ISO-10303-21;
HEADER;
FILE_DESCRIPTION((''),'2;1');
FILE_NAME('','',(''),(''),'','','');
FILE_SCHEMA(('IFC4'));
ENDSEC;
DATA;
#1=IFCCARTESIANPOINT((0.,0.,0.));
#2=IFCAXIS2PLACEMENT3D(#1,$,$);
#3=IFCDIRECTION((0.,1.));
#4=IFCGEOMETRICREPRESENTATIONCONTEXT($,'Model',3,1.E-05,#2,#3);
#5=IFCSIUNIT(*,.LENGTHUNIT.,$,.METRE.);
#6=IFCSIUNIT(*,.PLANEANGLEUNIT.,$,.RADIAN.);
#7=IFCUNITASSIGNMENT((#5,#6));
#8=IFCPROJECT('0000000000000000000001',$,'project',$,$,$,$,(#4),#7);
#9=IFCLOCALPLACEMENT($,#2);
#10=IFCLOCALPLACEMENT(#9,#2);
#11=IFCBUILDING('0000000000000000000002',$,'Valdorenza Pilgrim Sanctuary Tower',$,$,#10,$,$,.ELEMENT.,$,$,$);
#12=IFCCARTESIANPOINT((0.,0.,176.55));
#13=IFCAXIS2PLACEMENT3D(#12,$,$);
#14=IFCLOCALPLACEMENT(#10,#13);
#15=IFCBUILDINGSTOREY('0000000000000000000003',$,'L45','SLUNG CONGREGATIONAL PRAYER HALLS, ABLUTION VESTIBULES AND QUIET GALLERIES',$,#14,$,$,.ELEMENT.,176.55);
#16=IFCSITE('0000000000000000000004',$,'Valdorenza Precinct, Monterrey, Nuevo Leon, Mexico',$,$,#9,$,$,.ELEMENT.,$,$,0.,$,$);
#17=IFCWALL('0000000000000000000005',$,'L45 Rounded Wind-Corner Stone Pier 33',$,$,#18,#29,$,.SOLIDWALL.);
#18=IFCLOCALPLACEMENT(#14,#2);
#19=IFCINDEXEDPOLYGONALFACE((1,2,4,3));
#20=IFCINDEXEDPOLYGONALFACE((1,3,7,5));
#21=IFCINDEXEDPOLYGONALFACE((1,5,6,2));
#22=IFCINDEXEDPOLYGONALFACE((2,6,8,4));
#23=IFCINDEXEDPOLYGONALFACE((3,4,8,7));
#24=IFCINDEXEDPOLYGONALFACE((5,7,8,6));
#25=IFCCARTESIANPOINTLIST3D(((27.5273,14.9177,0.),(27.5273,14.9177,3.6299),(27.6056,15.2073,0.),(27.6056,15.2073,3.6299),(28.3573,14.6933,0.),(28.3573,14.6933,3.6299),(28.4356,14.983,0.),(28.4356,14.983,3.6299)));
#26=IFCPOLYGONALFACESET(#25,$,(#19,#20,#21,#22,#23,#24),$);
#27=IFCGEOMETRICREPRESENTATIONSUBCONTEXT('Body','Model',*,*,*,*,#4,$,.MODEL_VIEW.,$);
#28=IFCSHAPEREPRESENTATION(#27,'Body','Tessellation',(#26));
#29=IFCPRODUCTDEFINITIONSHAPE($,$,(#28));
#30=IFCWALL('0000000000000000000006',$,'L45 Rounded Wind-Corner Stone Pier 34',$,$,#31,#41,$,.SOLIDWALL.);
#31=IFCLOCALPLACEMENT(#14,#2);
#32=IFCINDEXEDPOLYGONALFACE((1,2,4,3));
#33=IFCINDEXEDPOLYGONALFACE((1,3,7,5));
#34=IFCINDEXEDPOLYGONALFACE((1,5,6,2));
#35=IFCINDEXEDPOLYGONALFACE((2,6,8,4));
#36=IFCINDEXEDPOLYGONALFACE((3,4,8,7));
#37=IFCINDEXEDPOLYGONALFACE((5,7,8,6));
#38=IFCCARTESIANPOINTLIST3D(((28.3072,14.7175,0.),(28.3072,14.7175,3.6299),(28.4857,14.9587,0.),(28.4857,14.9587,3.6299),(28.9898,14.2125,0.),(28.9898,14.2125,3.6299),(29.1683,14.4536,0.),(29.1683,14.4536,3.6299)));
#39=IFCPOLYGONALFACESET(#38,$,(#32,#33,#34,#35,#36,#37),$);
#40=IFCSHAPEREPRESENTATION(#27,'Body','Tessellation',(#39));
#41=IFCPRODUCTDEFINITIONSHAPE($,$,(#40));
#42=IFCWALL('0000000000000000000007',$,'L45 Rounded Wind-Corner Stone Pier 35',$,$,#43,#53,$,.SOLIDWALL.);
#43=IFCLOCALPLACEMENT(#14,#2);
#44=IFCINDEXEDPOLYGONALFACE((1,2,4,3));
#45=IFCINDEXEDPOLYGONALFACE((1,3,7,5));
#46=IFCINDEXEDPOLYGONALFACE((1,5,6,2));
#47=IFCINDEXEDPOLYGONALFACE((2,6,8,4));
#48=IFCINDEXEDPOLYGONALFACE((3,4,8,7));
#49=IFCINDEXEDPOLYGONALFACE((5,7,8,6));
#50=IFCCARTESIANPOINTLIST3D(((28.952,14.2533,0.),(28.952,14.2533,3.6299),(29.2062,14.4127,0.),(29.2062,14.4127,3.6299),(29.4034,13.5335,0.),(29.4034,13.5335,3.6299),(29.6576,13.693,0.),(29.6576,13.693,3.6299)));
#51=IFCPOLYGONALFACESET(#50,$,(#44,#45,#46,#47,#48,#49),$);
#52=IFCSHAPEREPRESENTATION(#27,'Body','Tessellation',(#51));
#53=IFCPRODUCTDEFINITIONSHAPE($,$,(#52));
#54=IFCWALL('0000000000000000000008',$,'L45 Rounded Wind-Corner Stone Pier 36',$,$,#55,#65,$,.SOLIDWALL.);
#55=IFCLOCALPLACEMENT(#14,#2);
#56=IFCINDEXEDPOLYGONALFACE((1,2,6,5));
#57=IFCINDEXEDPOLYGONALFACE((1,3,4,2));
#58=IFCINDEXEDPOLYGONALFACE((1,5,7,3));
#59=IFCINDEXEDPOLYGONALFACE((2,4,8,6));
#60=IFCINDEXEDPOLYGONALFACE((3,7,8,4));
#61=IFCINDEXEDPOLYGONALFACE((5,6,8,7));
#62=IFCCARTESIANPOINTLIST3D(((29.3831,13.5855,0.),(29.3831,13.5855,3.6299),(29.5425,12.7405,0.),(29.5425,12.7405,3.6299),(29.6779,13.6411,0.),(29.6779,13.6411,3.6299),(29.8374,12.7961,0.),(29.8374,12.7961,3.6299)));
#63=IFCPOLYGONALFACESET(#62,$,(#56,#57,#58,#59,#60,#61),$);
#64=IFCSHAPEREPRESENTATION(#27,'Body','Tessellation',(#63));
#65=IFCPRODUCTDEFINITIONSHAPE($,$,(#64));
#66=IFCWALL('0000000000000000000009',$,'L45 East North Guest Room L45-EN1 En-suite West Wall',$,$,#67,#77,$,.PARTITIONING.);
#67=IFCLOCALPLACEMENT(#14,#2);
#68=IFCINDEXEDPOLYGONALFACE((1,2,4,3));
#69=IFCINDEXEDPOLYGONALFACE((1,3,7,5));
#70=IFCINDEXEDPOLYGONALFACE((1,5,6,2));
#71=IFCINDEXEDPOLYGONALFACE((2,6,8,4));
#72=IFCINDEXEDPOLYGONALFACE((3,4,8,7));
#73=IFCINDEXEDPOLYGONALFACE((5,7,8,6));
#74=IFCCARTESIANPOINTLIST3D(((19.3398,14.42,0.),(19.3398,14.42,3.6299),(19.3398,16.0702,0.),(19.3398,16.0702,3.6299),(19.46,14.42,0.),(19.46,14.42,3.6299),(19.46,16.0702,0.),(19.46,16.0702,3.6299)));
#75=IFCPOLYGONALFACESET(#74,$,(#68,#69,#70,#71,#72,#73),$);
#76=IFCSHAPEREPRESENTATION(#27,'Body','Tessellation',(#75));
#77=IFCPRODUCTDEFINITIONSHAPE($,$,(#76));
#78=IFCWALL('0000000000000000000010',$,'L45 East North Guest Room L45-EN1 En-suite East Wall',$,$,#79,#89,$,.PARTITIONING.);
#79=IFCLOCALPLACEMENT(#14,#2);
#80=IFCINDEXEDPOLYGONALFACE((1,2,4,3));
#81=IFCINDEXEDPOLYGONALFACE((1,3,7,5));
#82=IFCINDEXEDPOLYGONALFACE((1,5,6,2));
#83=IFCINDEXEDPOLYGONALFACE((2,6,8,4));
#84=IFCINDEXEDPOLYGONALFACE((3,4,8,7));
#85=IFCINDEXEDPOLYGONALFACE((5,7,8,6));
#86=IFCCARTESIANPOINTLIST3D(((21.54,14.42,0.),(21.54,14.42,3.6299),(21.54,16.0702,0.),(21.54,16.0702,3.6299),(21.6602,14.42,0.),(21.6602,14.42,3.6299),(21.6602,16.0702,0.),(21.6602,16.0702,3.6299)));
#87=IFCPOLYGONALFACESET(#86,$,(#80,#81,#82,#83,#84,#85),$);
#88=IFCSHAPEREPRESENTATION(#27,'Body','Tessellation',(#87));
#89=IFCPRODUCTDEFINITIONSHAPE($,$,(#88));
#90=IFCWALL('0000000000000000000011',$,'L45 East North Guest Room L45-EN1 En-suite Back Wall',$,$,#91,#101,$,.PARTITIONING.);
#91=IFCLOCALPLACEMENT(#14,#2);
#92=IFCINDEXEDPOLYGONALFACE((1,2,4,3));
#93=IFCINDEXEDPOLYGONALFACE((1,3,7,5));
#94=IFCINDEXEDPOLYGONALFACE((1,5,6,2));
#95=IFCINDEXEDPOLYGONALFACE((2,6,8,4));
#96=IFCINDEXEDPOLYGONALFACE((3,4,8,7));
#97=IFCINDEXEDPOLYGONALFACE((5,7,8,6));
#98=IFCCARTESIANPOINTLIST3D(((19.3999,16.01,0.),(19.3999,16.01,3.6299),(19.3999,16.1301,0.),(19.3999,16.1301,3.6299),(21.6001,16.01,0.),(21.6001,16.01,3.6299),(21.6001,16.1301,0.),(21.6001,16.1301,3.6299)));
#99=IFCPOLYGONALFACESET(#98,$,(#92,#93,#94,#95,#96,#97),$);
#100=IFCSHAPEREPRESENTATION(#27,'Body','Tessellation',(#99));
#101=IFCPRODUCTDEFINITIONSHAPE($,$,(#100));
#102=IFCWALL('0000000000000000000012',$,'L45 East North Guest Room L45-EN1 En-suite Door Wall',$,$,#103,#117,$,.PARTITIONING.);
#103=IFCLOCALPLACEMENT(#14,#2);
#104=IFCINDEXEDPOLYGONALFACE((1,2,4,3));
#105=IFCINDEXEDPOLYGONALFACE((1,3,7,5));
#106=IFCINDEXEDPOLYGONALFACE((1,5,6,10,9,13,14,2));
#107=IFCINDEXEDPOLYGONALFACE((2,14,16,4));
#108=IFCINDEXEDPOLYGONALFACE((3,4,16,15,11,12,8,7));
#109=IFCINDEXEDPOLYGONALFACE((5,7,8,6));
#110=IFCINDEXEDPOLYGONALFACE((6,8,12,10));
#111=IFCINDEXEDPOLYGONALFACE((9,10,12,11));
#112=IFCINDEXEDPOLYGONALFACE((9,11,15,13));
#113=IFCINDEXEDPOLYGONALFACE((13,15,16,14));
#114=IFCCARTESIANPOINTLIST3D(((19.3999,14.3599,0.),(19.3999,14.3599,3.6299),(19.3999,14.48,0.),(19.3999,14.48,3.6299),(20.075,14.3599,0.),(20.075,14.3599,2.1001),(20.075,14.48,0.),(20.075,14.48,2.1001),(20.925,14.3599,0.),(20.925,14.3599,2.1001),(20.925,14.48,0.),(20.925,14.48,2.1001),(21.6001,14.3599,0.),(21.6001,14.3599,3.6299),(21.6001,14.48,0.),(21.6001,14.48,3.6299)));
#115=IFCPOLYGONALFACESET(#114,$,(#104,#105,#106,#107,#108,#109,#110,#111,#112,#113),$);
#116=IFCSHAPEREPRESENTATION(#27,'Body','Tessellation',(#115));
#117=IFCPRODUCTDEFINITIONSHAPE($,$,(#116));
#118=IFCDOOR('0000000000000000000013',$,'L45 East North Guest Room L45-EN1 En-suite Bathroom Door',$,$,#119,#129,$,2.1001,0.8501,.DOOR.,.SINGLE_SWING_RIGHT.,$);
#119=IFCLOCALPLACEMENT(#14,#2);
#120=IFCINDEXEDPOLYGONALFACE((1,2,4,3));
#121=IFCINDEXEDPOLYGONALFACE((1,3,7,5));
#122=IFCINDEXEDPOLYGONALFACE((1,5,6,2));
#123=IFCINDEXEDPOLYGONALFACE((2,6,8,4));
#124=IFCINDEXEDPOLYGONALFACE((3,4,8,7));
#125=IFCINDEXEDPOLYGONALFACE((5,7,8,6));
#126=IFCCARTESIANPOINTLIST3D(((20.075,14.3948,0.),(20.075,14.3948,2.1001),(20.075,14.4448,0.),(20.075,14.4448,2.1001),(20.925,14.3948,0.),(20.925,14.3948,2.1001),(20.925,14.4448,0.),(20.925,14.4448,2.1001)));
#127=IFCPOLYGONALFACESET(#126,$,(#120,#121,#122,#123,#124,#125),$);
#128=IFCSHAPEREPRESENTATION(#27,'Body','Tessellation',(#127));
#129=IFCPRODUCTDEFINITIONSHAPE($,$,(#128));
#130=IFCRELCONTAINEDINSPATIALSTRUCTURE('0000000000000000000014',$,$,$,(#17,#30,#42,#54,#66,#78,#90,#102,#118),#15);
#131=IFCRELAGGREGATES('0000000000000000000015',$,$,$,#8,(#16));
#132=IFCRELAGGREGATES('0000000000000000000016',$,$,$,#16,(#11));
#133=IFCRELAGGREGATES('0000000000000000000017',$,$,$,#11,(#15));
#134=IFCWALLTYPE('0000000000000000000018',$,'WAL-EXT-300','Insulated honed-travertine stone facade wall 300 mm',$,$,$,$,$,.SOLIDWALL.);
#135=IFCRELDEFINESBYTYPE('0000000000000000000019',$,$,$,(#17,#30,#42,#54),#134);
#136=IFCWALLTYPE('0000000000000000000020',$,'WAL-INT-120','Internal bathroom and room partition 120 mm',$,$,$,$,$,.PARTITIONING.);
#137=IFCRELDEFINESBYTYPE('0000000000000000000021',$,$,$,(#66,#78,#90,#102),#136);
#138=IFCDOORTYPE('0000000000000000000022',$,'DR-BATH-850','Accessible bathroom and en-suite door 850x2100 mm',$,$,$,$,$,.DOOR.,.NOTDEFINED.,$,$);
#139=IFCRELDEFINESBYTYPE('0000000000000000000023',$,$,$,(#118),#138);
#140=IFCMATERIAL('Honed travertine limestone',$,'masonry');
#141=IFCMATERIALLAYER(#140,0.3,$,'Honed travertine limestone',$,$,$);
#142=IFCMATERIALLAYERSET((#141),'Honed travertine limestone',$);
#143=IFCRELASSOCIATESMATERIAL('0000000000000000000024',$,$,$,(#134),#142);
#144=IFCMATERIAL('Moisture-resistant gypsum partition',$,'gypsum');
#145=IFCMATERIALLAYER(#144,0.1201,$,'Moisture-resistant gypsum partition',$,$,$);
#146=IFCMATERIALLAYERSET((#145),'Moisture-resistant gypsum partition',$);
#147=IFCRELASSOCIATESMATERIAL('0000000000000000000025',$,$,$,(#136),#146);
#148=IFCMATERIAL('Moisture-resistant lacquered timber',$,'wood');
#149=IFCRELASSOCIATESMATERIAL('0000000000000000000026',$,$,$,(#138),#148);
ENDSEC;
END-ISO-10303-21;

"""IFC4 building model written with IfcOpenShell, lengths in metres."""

from ifc_helpers import new_model, si_unit, direction, frame, frame_2d, origin, place, context, subcontext, project, spatial, rectangle, extrude, material, layer, layer_set, type_object, element, fill, save


model = new_model("IFC4")

# Units and contexts
model_context = context("Model", 3, precision=1e-05, world=origin(), true_north=direction((0.0, 1.0)))
body_context = subcontext(model_context, "Body", "Model", "MODEL_VIEW")
ifc_project = project(units=[si_unit("LENGTHUNIT", "METRE"), si_unit("PLANEANGLEUNIT", "RADIAN")], contexts=[model_context])

# Site, building, storey
site_placement = place(None, origin())
site = spatial("IfcSite", under=ifc_project, at=site_placement, Name="Valdorenza Precinct, Monterrey, Nuevo Leon, Mexico", CompositionType="ELEMENT", RefElevation=0.0)
building_placement = place(site_placement, origin())
building = spatial("IfcBuilding", under=site, at=building_placement, Name="Valdorenza Pilgrim Sanctuary Tower", CompositionType="ELEMENT")
storey_placement = place(building_placement, frame((0.0, 0.0, 176.55)))
storey = spatial("IfcBuildingStorey", under=building, at=storey_placement, Name="L45", Description="SLUNG CONGREGATIONAL PRAYER HALLS, ABLUTION VESTIBULES AND QUIET GALLERIES", CompositionType="ELEMENT", Elevation=176.55)

# Shared definitions
ifc_material_1 = material(Name="Honed travertine limestone", Category="masonry")

# Walls
ifc_layer_1 = layer(ifc_material_1, 0.3, Name="Honed travertine limestone")
ifc_layer_set_1 = layer_set([ifc_layer_1], Name="Honed travertine limestone")
wall_type_1 = type_object("IfcWallType", Name="WAL-EXT-300", Description="Insulated honed-travertine stone facade wall 300 mm", PredefinedType="SOLIDWALL", material=ifc_layer_set_1)
wall_1_placement = place(storey_placement, frame((27.5664, 15.0625, 0.0), z_axis=(0.0, 0.0, 1.0), x_axis=(0.965358, -0.26093, 0.0)))
element("IfcWall", 1, at=wall_1_placement, inside=storey, type_object=wall_type_1, Name="L45 Rounded Wind-Corner Stone Pier 33", PredefinedType="SOLIDWALL", context=body_context, shape_type="SweptSolid", body=[
    extrude(rectangle(XDim=0.8599, YDim=0.3, at=frame_2d((0.4299, 0.0))), origin(), (0.0, 0.0, 1.0), 3.6299),
])
wall_2_placement = place(storey_placement, frame((28.3965, 14.8381, 0.0), z_axis=(0.0, 0.0, 1.0), x_axis=(0.803847, -0.594836, 0.0)))
element("IfcWall", 2, at=wall_2_placement, inside=storey, type_object=wall_type_1, Name="L45 Rounded Wind-Corner Stone Pier 34", PredefinedType="SOLIDWALL", context=body_context, shape_type="SweptSolid", body=[
    extrude(rectangle(XDim=0.8491, YDim=0.3, at=frame_2d((0.4246, 0.0))), origin(), (0.0, 0.0, 1.0), 3.6299),
])
wall_3_placement = place(storey_placement, frame((29.0791, 14.333, 0.0), z_axis=(0.0, 0.0, 1.0), x_axis=(0.531341, -0.847158, 0.0)))
element("IfcWall", 3, at=wall_3_placement, inside=storey, type_object=wall_type_1, Name="L45 Rounded Wind-Corner Stone Pier 35", PredefinedType="SOLIDWALL", context=body_context, shape_type="SweptSolid", body=[
    extrude(rectangle(XDim=0.8496, YDim=0.3, at=frame_2d((0.4248, 0.0))), origin(), (0.0, 0.0, 1.0), 3.6299),
])
wall_4_placement = place(storey_placement, frame((29.5305, 13.6133, 0.0), z_axis=(0.0, 0.0, 1.0), x_axis=(0.185403, -0.982663, 0.0)))
element("IfcWall", 4, at=wall_4_placement, inside=storey, type_object=wall_type_1, Name="L45 Rounded Wind-Corner Stone Pier 36", PredefinedType="SOLIDWALL", context=body_context, shape_type="SweptSolid", body=[
    extrude(rectangle(XDim=0.8599, YDim=0.3, at=frame_2d((0.4299, 0.0))), origin(), (0.0, 0.0, 1.0), 3.6299),
])
ifc_material_2 = material(Name="Moisture-resistant gypsum partition", Category="gypsum")
ifc_layer_2 = layer(ifc_material_2, 0.1201, Name="Moisture-resistant gypsum partition")
ifc_layer_set_2 = layer_set([ifc_layer_2], Name="Moisture-resistant gypsum partition")
wall_type_2 = type_object("IfcWallType", Name="WAL-INT-120", Description="Internal bathroom and room partition 120 mm", PredefinedType="PARTITIONING", material=ifc_layer_set_2)
for number, where, z_axis, x_axis, name in (
    (5, (19.3999, 14.4199, 0.0), (0.0, 0.0, 1.0), (0.0, 1.0, 0.0), "L45 East North Guest Room L45-EN1 En-suite West Wall"),
    (6, (21.6001, 14.4199, 0.0), (0.0, 0.0, 1.0), (0.0, 1.0, 0.0), "L45 East North Guest Room L45-EN1 En-suite East Wall"),
):
    element("IfcWall", number, at=place(storey_placement, frame(where, z_axis=z_axis, x_axis=x_axis)), inside=storey, type_object=wall_type_2, Name=name, PredefinedType="PARTITIONING", context=body_context, shape_type="SweptSolid", body=[
        extrude(rectangle(XDim=1.6501, YDim=0.1201, at=frame_2d((0.8252, 0.0))), origin(), (0.0, 0.0, 1.0), 3.6299),
    ])
wall_5_placement = place(storey_placement, frame((19.3999, 16.0701, 0.0), z_axis=(0.0, 0.0, 1.0), x_axis=(1.0, 0.0, 0.0)))
element("IfcWall", 7, at=wall_5_placement, inside=storey, type_object=wall_type_2, Name="L45 East North Guest Room L45-EN1 En-suite Back Wall", PredefinedType="PARTITIONING", context=body_context, shape_type="SweptSolid", body=[
    extrude(rectangle(XDim=2.2002, YDim=0.1201, at=frame_2d((1.1001, 0.0))), origin(), (0.0, 0.0, 1.0), 3.6299),
])

# Wall, opening, door
wall_6_placement = place(storey_placement, frame((19.3999, 14.4199, 0.0), z_axis=(0.0, 0.0, 1.0), x_axis=(1.0, 0.0, 0.0)))
wall_6 = element("IfcWall", 8, at=wall_6_placement, inside=storey, type_object=wall_type_2, Name="L45 East North Guest Room L45-EN1 En-suite Door Wall", PredefinedType="PARTITIONING", context=body_context, shape_type="SweptSolid", body=[
    extrude(rectangle(XDim=2.2002, YDim=0.1201, at=frame_2d((1.1001, 0.0))), origin(), (0.0, 0.0, 1.0), 3.6299),
])
opening_1_placement = place(wall_6_placement, frame((0.675, 0.0, 0.0)))
opening_1 = element("IfcOpeningElement", 9, at=opening_1_placement, cuts=wall_6, PredefinedType="OPENING", context=body_context, shape_type="SweptSolid", body=[
    extrude(rectangle(XDim=0.8501, YDim=2.1001, at=frame_2d((0.425, 1.05))), frame((0.0, 0.075, 0.0), z_axis=(0.0, -1.0, 0.0), x_axis=(1.0, 0.0, 0.0)), (0.0, 0.0, 1.0), 0.1499),
])
ifc_material_3 = material(Name="Moisture-resistant lacquered timber", Category="wood")
door_type_1 = type_object("IfcDoorType", Name="DR-BATH-850", Description="Accessible bathroom and en-suite door 850x2100 mm", OperationType="NOTDEFINED", PredefinedType="DOOR", material=ifc_material_3)
door_1_placement = place(opening_1_placement, origin())
door_1 = element("IfcDoor", 10, at=door_1_placement, inside=storey, type_object=door_type_1, Name="L45 East North Guest Room L45-EN1 En-suite Bathroom Door", OperationType="SINGLE_SWING_RIGHT", OverallHeight=2.1001, OverallWidth=0.8501, PredefinedType="DOOR", context=body_context, shape_type="SweptSolid", body=[
    extrude(rectangle(XDim=0.8501, YDim=2.1001, at=frame_2d((0.425, 1.05))), frame((0.0, 0.0249, 0.0), z_axis=(0.0, -1.0, 0.0), x_axis=(1.0, 0.0, 0.0)), (0.0, 0.0, 1.0), 0.05),
])
fill(opening_1, door_1)

save(model, "model.ifc")
